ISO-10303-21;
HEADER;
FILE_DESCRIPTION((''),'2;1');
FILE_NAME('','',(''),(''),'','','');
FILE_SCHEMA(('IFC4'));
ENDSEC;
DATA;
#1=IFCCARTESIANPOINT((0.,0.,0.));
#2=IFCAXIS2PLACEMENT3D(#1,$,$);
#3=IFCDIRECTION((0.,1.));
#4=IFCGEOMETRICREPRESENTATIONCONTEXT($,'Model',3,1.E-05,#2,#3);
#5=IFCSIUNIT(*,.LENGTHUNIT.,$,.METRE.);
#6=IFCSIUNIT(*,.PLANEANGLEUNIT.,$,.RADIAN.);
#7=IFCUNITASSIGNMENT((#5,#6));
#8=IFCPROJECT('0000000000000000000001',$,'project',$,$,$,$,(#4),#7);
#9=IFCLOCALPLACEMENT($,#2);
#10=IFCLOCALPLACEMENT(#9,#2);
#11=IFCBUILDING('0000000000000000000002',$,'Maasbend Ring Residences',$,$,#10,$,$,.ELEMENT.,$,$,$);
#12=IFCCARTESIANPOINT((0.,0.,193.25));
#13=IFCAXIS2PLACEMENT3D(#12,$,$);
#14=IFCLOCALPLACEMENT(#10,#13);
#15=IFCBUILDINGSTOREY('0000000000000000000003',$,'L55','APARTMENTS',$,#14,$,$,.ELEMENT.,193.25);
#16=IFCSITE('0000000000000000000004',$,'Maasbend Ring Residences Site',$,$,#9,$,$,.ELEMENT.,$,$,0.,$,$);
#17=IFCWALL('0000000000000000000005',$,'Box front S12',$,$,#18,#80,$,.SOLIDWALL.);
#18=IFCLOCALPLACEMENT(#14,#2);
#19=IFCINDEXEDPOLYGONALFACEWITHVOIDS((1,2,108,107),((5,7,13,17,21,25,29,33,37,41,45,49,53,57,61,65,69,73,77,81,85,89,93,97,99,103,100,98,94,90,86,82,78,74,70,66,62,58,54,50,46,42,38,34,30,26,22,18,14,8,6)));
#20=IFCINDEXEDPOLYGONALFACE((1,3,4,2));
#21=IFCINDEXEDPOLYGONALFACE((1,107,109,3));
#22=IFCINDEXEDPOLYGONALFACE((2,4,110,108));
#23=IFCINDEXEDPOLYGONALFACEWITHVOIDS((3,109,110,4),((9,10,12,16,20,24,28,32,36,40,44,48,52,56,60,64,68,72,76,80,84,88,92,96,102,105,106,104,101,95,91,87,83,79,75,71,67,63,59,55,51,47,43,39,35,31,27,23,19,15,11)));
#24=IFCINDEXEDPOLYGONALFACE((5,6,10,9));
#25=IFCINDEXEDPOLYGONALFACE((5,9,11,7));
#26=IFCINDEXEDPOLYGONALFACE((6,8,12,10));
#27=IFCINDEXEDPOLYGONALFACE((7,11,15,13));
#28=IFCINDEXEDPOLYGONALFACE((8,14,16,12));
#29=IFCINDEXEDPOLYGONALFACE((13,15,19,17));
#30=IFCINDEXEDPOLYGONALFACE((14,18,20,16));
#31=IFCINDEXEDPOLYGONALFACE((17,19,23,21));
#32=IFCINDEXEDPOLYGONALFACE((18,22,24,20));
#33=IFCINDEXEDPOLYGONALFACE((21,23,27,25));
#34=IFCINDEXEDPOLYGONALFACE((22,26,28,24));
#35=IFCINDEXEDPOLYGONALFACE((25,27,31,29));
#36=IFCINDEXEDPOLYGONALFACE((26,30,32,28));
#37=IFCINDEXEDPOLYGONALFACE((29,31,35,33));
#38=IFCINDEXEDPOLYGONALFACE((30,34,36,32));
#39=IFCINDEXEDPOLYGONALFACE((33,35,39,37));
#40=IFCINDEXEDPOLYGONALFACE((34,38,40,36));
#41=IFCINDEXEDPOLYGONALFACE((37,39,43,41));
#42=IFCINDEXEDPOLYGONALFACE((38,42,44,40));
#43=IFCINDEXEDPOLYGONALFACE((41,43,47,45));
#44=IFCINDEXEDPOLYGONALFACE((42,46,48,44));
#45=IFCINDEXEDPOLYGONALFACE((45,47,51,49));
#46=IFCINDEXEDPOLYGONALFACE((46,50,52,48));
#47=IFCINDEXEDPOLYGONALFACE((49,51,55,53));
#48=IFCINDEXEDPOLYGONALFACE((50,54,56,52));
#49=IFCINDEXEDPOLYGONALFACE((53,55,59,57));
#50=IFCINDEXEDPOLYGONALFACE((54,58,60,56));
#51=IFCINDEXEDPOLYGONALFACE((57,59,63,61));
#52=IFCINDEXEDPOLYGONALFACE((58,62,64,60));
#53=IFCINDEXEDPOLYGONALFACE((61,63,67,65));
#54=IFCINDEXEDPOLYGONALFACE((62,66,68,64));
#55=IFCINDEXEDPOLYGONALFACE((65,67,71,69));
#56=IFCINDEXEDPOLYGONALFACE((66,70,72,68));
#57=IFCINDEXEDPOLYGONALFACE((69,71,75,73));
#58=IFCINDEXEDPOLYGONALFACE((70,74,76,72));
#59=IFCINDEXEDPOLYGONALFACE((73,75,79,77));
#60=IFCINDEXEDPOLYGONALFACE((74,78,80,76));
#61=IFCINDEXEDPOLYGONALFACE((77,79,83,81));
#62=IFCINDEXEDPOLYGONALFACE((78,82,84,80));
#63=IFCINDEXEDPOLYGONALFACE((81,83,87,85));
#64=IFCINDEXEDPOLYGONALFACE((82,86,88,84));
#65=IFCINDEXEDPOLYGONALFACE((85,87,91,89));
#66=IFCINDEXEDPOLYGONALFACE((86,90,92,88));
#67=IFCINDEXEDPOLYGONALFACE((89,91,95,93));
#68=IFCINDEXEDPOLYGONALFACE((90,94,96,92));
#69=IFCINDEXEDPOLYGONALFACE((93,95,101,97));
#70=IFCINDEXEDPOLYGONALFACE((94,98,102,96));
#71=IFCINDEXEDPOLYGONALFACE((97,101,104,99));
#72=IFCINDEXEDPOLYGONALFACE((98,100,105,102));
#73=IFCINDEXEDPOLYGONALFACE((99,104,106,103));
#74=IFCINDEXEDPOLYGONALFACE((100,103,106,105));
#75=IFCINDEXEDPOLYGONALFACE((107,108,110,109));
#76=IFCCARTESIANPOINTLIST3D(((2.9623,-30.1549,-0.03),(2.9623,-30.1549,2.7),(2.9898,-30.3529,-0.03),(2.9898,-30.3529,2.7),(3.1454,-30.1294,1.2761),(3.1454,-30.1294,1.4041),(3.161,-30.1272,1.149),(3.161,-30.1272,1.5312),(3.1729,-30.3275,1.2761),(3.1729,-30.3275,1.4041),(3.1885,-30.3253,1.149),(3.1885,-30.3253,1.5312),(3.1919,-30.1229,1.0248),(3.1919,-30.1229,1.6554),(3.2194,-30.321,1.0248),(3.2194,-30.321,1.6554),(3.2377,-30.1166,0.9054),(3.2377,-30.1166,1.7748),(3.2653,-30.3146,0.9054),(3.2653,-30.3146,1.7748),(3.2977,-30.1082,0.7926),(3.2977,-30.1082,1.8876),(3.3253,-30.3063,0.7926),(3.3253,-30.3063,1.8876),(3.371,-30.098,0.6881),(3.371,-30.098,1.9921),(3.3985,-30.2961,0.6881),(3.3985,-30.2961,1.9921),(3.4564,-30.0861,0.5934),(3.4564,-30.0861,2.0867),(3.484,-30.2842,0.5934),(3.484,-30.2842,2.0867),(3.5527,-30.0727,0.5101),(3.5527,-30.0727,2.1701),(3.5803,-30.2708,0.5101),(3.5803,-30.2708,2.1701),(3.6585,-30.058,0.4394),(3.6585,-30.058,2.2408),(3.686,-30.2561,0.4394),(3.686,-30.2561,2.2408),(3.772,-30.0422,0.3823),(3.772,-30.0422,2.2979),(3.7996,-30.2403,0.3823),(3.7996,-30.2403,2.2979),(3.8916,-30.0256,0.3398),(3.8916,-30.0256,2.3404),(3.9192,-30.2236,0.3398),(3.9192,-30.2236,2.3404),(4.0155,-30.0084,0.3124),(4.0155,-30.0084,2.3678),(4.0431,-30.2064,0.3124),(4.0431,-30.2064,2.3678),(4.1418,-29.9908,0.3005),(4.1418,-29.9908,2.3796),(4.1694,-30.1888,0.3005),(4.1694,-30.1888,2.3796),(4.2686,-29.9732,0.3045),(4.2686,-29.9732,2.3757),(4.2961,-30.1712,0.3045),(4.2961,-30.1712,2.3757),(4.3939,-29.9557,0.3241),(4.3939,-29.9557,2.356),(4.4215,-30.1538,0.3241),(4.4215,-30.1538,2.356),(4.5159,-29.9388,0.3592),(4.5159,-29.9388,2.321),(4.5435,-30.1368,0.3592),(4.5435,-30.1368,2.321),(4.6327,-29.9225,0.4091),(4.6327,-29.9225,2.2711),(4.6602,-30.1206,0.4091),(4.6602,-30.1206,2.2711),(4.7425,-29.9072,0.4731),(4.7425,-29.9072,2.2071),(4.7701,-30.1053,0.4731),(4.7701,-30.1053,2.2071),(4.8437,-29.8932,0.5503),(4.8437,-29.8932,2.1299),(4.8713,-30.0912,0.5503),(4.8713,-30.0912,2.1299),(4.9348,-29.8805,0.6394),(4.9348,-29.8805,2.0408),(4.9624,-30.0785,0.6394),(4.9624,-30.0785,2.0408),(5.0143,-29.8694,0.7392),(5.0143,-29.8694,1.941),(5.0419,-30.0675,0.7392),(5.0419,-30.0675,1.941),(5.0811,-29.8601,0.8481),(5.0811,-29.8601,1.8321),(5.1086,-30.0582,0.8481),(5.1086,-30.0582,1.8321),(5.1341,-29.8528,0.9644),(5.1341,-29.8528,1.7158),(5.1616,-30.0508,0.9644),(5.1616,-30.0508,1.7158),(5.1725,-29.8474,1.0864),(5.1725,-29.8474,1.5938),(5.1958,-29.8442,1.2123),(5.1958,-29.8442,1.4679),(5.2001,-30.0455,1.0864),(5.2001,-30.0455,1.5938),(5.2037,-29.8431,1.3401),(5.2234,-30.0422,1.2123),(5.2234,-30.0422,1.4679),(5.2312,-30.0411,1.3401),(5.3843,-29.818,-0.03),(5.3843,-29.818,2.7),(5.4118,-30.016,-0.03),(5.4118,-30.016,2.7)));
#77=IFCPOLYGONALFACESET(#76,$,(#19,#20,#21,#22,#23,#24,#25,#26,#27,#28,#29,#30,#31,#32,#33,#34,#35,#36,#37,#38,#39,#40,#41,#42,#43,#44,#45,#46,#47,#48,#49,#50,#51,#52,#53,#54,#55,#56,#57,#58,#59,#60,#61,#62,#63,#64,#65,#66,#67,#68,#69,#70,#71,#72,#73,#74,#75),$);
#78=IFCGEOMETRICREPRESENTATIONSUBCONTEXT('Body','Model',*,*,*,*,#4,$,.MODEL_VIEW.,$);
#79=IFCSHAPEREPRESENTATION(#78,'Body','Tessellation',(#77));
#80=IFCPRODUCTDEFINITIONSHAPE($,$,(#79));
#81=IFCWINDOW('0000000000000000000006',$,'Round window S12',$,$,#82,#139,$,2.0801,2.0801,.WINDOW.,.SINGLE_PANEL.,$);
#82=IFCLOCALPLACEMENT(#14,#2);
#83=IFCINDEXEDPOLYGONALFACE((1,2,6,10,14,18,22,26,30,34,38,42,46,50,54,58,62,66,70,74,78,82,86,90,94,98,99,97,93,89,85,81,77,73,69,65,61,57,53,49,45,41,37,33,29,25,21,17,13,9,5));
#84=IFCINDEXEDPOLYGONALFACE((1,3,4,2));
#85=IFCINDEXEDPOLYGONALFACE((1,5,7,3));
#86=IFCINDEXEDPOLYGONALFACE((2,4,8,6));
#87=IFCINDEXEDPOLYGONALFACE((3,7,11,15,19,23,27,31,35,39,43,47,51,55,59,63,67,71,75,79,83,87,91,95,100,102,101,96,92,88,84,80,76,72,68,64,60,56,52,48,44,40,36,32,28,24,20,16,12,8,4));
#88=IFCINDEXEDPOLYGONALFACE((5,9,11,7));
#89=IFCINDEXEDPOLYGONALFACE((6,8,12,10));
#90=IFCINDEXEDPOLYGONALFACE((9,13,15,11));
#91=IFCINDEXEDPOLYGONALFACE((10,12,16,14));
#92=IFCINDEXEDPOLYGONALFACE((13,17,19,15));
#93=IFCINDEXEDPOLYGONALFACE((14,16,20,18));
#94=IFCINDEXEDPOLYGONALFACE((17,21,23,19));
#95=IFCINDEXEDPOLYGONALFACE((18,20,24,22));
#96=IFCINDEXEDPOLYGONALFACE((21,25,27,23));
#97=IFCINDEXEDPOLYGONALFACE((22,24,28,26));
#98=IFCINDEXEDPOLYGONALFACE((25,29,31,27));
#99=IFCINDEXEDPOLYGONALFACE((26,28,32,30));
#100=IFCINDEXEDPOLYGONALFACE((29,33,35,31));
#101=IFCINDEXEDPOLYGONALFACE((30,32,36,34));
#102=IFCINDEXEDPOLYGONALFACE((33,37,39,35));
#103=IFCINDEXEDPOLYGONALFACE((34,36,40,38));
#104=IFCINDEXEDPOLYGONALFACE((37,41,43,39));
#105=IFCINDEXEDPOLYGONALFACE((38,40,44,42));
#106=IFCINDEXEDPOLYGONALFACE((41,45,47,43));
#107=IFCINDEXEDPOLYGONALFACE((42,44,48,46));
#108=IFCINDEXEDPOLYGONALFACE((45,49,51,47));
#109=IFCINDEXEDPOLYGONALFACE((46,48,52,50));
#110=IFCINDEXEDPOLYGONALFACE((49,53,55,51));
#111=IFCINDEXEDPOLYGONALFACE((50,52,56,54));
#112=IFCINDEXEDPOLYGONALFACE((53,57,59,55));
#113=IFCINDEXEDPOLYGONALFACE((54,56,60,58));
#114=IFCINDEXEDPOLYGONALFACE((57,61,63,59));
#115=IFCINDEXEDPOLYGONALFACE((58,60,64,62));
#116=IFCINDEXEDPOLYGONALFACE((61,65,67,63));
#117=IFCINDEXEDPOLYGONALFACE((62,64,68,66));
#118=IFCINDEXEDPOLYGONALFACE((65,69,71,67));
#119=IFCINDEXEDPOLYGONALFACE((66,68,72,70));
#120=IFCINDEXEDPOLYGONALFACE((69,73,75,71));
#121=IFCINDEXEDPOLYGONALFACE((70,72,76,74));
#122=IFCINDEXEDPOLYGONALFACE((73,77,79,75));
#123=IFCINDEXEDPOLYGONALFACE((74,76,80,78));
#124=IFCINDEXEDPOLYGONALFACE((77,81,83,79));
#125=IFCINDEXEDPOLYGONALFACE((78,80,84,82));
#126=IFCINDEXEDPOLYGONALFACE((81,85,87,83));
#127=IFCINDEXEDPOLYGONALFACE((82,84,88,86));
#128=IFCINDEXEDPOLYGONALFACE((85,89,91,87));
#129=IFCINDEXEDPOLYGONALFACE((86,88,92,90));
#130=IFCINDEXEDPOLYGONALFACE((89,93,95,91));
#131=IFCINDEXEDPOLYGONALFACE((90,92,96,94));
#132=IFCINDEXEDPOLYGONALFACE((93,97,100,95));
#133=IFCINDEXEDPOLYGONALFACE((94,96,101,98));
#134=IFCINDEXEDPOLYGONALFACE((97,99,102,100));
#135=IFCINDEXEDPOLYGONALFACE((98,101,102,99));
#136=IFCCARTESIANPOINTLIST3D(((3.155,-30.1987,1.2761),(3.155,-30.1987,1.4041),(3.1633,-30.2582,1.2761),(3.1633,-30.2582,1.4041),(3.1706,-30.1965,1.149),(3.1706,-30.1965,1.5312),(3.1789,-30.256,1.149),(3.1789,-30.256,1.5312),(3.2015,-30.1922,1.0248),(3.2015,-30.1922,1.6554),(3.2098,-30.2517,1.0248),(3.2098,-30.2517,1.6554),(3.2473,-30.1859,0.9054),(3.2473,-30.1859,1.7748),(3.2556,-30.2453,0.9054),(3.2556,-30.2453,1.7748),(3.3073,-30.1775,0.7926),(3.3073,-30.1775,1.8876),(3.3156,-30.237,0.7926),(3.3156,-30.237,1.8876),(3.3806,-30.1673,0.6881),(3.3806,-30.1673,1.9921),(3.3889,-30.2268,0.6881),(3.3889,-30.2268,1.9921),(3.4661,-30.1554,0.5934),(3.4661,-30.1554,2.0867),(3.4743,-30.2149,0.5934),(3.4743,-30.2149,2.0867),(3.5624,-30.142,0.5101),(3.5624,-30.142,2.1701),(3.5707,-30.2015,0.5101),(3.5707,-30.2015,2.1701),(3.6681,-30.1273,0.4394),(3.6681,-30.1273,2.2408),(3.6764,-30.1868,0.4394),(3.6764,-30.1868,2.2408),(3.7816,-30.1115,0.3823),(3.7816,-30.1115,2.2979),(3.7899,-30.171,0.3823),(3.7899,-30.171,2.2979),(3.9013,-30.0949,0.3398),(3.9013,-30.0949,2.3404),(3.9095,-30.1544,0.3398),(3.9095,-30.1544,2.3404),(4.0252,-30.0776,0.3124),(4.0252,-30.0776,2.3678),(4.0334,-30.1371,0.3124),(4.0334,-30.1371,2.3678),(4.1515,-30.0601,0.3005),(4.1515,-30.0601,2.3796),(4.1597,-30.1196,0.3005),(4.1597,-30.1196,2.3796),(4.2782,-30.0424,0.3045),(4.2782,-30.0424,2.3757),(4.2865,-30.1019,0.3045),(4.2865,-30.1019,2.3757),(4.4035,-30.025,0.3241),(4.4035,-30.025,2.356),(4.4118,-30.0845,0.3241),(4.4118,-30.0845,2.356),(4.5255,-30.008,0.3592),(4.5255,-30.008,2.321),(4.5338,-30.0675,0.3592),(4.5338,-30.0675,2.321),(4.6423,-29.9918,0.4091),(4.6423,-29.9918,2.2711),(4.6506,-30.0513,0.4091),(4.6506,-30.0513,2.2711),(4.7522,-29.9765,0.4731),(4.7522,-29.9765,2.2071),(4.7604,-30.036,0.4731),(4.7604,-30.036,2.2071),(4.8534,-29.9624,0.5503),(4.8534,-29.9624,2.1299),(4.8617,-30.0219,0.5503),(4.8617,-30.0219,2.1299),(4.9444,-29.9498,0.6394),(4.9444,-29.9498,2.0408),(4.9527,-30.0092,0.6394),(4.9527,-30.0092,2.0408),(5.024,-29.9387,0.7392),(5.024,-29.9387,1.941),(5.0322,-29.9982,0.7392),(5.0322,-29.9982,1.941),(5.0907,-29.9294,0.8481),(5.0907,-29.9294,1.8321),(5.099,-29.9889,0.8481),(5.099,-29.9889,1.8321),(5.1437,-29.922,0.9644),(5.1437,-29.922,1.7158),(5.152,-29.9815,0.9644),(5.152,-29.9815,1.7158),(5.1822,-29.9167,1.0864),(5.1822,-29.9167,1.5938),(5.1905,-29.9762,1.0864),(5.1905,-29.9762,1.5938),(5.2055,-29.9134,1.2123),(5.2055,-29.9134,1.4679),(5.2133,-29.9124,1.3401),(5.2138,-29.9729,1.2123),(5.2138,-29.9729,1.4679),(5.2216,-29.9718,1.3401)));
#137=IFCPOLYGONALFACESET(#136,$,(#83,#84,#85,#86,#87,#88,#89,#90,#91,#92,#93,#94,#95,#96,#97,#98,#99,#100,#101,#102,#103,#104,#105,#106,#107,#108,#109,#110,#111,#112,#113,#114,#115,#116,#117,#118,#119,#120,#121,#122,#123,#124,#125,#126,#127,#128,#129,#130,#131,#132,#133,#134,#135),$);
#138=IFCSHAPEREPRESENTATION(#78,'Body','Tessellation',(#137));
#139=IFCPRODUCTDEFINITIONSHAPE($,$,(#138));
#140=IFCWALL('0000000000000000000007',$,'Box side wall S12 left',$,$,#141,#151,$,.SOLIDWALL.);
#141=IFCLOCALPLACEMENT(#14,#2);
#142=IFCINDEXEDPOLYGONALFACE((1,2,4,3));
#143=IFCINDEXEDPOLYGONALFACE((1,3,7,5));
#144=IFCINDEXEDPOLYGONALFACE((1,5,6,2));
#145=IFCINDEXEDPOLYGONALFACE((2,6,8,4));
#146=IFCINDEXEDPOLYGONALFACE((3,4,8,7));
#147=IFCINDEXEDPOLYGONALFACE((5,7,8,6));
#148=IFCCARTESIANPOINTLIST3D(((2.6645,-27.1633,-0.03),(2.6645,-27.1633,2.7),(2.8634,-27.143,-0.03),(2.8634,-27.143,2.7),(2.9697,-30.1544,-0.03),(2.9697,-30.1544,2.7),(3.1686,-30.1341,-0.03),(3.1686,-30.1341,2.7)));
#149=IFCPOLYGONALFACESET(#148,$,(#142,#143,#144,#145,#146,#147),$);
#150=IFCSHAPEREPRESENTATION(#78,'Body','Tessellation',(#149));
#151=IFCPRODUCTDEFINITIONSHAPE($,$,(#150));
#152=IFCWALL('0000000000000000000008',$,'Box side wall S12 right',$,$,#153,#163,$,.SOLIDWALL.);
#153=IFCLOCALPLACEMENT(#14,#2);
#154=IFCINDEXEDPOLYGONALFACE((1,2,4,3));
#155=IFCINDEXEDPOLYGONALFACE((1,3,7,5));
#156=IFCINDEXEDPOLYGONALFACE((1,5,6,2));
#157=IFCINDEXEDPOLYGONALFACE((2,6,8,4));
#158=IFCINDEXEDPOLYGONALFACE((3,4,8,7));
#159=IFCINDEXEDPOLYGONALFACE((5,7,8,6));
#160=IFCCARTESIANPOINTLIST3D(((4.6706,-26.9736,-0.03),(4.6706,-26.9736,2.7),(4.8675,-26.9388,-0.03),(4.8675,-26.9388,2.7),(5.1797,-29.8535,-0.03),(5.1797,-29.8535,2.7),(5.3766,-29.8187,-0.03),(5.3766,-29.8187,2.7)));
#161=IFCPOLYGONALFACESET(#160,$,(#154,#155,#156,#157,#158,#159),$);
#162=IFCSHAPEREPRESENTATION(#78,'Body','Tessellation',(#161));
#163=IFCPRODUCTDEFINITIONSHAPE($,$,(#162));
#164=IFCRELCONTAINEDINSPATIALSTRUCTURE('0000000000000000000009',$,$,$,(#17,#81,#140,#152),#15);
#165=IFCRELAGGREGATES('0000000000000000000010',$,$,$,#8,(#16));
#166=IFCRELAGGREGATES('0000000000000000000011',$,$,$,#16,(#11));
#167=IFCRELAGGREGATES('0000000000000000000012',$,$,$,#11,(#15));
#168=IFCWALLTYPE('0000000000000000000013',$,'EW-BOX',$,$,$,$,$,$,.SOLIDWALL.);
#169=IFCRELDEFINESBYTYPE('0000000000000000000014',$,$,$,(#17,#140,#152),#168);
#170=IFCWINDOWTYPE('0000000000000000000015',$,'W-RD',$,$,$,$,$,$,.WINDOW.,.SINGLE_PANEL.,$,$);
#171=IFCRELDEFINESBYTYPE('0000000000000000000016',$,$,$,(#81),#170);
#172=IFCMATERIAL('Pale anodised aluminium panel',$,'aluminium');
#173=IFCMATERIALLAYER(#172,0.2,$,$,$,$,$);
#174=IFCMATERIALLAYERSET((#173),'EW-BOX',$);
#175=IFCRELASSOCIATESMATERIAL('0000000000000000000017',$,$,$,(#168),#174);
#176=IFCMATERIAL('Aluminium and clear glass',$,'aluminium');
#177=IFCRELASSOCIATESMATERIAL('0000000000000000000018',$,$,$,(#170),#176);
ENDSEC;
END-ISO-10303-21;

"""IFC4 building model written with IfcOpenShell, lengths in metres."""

from ifc_helpers import new_model, si_unit, direction, frame, frame_2d, origin, place, context, subcontext, project, spatial, rectangle, circle, extrude, material, layer, layer_set, type_object, element, fill, save


model = new_model("IFC4")

# Units and contexts
model_context = context("Model", 3, precision=1e-05, world=origin(), true_north=direction((0.0, 1.0)))
body_context = subcontext(model_context, "Body", "Model", "MODEL_VIEW")
ifc_project = project(units=[si_unit("LENGTHUNIT", "METRE"), si_unit("PLANEANGLEUNIT", "RADIAN")], contexts=[model_context])

# Site, building, storey
site_placement = place(None, origin())
site = spatial("IfcSite", under=ifc_project, at=site_placement, Name="Maasbend Ring Residences Site", CompositionType="ELEMENT", RefElevation=0.0)
building_placement = place(site_placement, origin())
building = spatial("IfcBuilding", under=site, at=building_placement, Name="Maasbend Ring Residences", CompositionType="ELEMENT")
storey_placement = place(building_placement, frame((0.0, 0.0, 193.25)))
storey = spatial("IfcBuildingStorey", under=building, at=storey_placement, Name="L55", Description="APARTMENTS", CompositionType="ELEMENT", Elevation=193.25)

# Wall, opening, window
ifc_material_1 = material(Name="Pale anodised aluminium panel", Category="aluminium")
ifc_layer_1 = layer(ifc_material_1, 0.2)
ifc_layer_set_1 = layer_set([ifc_layer_1], Name="EW-BOX")
wall_type_1 = type_object("IfcWallType", Name="EW-BOX", PredefinedType="SOLIDWALL", material=ifc_layer_set_1)
wall_1_placement = place(storey_placement, frame((2.9761, -30.2539, -0.03), z_axis=(0.0, 0.0, 1.0), x_axis=(0.990462, 0.137786, 0.0)))
wall_1 = element("IfcWall", 1, at=wall_1_placement, inside=storey, type_object=wall_type_1, Name="Box front S12", PredefinedType="SOLIDWALL", context=body_context, shape_type="SweptSolid", body=[
    extrude(rectangle(XDim=2.4453, YDim=0.2, at=frame_2d((1.2227, 0.0))), origin(), (0.0, 0.0, 1.0), 2.73),
])
opening_1_placement = place(wall_1_placement, frame((0.1829, 0.0, 0.3301)))
opening_1 = element("IfcOpeningElement", 2, at=opening_1_placement, cuts=wall_1, PredefinedType="OPENING", context=body_context, shape_type="SweptSolid", body=[
    extrude(circle(Radius=1.04, at=frame_2d((1.04, 1.04))), frame((0.0, 0.1099, 0.0), z_axis=(0.0, -1.0, 0.0), x_axis=(1.0, 0.0, 0.0)), (0.0, 0.0, 1.0), 0.22),
])
ifc_material_2 = material(Name="Aluminium and clear glass", Category="aluminium")
window_type_1 = type_object("IfcWindowType", Name="W-RD", PartitioningType="SINGLE_PANEL", PredefinedType="WINDOW", material=ifc_material_2)
window_1_placement = place(opening_1_placement, origin())
window_1 = element("IfcWindow", 3, at=window_1_placement, inside=storey, type_object=window_type_1, Name="Round window S12", OverallHeight=2.0801, OverallWidth=2.0801, PartitioningType="SINGLE_PANEL", PredefinedType="WINDOW", context=body_context, shape_type="SweptSolid", body=[
    extrude(circle(Radius=1.04, at=frame_2d((1.04, 1.04))), frame((0.0, 0.03, 0.0), z_axis=(0.0, -1.0, 0.0), x_axis=(1.0, 0.0, 0.0)), (0.0, 0.0, 1.0), 0.0601),
])
fill(opening_1, window_1)

# Walls
wall_2_placement = place(storey_placement, frame((2.7639, -27.1531, -0.03), z_axis=(0.0, 0.0, 1.0), x_axis=(0.101505, -0.994835, 0.0)))
element("IfcWall", 4, at=wall_2_placement, inside=storey, type_object=wall_type_1, Name="Box side wall S12 left", PredefinedType="SOLIDWALL", context=body_context, shape_type="SweptSolid", body=[
    extrude(rectangle(XDim=3.0066, YDim=0.2, at=frame_2d((1.5034, 0.0))), origin(), (0.0, 0.0, 1.0), 2.73),
])
wall_3_placement = place(storey_placement, frame((4.769, -26.9561, -0.03), z_axis=(0.0, 0.0, 1.0), x_axis=(0.174057, -0.984736, 0.0)))
element("IfcWall", 5, at=wall_3_placement, inside=storey, type_object=wall_type_1, Name="Box side wall S12 right", PredefinedType="SOLIDWALL", context=body_context, shape_type="SweptSolid", body=[
    extrude(rectangle(XDim=2.9246, YDim=0.2, at=frame_2d((1.4624, 0.0))), origin(), (0.0, 0.0, 1.0), 2.73),
])

save(model, "model.ifc")
